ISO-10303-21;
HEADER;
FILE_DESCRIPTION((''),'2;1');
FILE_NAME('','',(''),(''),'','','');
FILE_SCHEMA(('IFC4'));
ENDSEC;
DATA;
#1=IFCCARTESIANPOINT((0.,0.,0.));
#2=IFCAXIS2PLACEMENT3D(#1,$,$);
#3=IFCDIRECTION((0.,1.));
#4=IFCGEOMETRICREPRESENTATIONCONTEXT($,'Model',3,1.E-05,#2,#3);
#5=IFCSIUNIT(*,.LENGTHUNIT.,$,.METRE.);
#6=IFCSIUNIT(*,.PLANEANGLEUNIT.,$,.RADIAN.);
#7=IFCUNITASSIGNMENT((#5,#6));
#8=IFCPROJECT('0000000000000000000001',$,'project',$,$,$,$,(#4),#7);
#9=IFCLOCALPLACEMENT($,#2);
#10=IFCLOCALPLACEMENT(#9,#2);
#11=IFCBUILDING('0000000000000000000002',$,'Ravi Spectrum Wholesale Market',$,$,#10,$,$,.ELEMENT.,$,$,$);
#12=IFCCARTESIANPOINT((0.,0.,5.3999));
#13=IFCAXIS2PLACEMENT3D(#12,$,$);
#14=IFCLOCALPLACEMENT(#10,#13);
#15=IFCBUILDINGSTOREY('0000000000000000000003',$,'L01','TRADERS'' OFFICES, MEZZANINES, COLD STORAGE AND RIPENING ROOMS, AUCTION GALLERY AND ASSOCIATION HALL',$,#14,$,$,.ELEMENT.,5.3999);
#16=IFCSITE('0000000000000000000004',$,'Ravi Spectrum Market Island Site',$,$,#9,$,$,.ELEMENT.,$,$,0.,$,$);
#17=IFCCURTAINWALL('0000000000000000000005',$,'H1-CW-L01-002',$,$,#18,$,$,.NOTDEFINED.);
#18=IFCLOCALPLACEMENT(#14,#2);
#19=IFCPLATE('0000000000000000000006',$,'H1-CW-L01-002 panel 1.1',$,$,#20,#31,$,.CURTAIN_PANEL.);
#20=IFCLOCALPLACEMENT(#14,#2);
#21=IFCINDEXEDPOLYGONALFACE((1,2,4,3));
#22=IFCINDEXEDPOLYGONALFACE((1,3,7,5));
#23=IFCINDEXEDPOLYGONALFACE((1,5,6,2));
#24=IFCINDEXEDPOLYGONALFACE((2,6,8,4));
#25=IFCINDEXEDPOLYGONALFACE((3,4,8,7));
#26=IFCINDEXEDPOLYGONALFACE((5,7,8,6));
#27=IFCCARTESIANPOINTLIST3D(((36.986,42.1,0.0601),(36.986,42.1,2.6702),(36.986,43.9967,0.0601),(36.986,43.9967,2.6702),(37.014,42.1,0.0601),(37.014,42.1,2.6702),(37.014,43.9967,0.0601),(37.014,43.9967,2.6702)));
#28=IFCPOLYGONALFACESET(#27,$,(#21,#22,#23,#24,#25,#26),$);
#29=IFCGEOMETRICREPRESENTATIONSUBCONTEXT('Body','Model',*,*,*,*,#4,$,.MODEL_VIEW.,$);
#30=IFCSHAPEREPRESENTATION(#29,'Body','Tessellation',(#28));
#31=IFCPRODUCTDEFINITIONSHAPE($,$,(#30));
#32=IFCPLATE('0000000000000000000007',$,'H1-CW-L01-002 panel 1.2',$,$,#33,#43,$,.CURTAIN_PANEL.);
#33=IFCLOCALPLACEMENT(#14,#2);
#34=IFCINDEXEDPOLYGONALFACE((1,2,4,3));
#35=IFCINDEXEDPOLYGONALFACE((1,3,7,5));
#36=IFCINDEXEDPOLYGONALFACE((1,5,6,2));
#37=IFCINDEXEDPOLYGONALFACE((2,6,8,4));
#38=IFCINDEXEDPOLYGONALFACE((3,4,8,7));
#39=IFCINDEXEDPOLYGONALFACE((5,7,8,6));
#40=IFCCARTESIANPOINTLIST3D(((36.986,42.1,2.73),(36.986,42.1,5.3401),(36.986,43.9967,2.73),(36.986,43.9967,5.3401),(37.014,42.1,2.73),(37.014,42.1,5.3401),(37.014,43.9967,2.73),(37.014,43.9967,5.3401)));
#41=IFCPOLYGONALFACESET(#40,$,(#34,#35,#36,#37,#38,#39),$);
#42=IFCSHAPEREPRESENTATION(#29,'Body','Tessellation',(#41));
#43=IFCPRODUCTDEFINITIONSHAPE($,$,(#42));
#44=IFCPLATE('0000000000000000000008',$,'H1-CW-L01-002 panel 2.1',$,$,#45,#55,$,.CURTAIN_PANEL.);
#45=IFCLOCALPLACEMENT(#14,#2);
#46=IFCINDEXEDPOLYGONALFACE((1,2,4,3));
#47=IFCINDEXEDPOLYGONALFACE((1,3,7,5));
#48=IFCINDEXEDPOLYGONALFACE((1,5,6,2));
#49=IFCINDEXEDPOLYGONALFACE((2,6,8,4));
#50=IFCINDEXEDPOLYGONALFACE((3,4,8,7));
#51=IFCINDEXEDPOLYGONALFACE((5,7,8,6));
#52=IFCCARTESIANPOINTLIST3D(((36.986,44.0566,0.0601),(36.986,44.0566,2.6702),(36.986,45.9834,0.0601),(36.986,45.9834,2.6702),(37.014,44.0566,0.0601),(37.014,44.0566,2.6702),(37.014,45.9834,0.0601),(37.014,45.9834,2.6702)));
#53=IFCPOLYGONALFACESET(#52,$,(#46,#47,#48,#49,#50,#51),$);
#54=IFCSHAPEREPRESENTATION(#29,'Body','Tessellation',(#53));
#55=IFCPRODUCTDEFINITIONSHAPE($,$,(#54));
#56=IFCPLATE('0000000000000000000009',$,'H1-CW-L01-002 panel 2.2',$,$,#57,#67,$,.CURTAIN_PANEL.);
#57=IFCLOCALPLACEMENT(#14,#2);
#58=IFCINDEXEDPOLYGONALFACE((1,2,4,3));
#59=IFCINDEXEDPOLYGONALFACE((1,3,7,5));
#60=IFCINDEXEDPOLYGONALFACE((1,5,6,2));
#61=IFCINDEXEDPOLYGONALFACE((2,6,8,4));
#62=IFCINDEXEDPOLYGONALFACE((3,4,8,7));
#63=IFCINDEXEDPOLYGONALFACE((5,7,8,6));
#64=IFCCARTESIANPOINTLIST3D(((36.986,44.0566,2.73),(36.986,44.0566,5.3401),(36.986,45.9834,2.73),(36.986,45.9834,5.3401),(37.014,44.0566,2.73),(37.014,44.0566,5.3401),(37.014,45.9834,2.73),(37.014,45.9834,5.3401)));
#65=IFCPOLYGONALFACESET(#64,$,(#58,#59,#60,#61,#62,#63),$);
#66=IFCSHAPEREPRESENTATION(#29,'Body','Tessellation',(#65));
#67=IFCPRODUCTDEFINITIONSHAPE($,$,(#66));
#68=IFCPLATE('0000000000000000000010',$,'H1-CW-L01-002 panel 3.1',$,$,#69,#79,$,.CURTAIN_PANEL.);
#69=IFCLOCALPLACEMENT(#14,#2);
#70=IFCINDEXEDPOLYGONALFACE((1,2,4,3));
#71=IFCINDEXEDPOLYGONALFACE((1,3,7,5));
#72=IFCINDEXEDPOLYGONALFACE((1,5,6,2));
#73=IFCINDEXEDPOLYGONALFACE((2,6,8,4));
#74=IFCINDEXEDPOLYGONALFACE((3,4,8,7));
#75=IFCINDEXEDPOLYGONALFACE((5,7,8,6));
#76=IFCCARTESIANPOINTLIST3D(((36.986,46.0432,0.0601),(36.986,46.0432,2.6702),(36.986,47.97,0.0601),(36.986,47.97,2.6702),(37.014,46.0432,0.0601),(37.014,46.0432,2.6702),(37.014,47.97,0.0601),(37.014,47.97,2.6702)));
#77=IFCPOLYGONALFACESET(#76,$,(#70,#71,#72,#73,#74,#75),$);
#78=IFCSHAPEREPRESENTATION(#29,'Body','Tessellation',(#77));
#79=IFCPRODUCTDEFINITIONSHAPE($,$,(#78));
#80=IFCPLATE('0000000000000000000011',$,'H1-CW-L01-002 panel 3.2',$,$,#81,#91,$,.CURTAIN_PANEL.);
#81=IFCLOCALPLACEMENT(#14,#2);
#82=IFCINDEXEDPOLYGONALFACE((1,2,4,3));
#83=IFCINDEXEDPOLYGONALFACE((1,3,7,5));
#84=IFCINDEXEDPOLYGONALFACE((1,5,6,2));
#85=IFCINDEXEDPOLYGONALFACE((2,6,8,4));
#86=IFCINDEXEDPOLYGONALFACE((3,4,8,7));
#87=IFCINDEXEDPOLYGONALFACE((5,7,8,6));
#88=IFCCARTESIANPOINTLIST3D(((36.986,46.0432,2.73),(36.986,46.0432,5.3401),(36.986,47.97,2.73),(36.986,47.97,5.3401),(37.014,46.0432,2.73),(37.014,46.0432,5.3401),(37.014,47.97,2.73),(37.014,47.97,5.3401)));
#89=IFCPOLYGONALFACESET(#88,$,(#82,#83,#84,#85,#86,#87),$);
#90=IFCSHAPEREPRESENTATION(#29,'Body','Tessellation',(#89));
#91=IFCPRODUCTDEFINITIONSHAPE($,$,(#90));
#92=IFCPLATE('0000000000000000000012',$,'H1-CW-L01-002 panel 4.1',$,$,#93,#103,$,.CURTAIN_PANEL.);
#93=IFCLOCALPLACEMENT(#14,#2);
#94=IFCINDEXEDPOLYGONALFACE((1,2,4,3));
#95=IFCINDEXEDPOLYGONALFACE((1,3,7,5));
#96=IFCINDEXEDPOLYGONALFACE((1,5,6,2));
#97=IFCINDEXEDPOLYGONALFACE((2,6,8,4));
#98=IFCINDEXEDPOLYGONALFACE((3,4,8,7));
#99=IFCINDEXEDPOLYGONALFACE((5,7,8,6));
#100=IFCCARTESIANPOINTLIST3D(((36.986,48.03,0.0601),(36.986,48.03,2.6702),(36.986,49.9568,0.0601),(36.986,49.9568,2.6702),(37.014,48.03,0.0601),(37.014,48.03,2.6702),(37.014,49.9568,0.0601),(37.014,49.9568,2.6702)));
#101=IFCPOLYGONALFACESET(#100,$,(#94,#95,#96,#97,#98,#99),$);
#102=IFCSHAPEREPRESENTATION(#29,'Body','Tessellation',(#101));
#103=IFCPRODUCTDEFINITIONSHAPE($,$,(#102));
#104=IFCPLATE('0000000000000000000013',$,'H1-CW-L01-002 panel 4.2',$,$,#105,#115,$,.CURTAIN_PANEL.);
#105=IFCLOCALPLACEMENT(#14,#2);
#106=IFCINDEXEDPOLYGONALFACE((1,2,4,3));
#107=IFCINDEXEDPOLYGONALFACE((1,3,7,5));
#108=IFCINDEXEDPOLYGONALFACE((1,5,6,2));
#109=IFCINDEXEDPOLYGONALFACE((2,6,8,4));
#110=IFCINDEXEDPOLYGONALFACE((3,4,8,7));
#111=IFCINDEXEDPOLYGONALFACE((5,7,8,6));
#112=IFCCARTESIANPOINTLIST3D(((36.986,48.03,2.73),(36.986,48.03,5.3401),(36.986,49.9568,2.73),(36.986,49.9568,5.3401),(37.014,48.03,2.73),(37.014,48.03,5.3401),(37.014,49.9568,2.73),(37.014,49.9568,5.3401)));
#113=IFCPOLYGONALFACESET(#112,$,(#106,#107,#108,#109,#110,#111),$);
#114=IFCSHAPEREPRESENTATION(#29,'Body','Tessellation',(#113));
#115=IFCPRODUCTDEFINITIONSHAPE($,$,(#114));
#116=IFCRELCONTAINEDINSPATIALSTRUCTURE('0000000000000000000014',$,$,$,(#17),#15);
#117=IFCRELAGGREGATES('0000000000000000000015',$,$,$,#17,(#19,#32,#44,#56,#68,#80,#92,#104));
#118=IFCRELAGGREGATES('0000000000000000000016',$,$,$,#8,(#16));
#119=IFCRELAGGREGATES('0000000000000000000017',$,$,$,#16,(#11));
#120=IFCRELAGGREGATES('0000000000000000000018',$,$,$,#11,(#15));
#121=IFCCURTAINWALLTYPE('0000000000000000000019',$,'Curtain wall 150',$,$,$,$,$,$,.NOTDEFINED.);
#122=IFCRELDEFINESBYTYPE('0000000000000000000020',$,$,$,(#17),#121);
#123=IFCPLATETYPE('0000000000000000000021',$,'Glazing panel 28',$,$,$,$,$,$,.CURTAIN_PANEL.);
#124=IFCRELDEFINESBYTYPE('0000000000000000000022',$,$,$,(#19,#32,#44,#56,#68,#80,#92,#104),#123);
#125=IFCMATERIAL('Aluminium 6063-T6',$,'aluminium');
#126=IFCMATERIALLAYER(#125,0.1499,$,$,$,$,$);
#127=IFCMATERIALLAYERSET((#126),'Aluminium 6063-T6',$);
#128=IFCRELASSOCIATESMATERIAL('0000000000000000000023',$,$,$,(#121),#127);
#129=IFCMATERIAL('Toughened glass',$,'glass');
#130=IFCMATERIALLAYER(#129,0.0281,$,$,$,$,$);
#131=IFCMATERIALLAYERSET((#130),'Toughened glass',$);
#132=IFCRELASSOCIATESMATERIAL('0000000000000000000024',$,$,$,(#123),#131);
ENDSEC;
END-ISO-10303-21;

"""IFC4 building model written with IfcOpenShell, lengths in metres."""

from ifc_helpers import new_model, si_unit, direction, frame, origin, origin_2d, place, context, subcontext, project, spatial, rectangle, extrude, material, layer, layer_set, type_object, element, aggregate, save


model = new_model("IFC4")

# Units and contexts
model_context = context("Model", 3, precision=1e-05, world=origin(), true_north=direction((0.0, 1.0)))
body_context = subcontext(model_context, "Body", "Model", "MODEL_VIEW")
ifc_project = project(units=[si_unit("LENGTHUNIT", "METRE"), si_unit("PLANEANGLEUNIT", "RADIAN")], contexts=[model_context])

# Site, building, storey
site_placement = place(None, origin())
site = spatial("IfcSite", under=ifc_project, at=site_placement, Name="Ravi Spectrum Market Island Site", CompositionType="ELEMENT", RefElevation=0.0)
building_placement = place(site_placement, origin())
building = spatial("IfcBuilding", under=site, at=building_placement, Name="Ravi Spectrum Wholesale Market", CompositionType="ELEMENT")
storey_placement = place(building_placement, frame((0.0, 0.0, 5.3999)))
storey = spatial("IfcBuildingStorey", under=building, at=storey_placement, Name="L01", Description="TRADERS' OFFICES, MEZZANINES, COLD STORAGE AND RIPENING ROOMS, AUCTION GALLERY AND ASSOCIATION HALL", CompositionType="ELEMENT", Elevation=5.3999)

# Curtain wall, plates
ifc_material_1 = material(Name="Aluminium 6063-T6", Category="aluminium")
ifc_layer_1 = layer(ifc_material_1, 0.1499)
ifc_layer_set_1 = layer_set([ifc_layer_1], Name="Aluminium 6063-T6")
curtain_wall_type = type_object("IfcCurtainWallType", Name="Curtain wall 150", PredefinedType="NOTDEFINED", material=ifc_layer_set_1)
curtain_wall_placement = place(storey_placement, origin())
curtain_wall = element("IfcCurtainWall", 1, at=curtain_wall_placement, inside=storey, type_object=curtain_wall_type, Name="H1-CW-L01-002", PredefinedType="NOTDEFINED")
ifc_material_2 = material(Name="Toughened glass", Category="glass")
ifc_layer_2 = layer(ifc_material_2, 0.0281)
ifc_layer_set_2 = layer_set([ifc_layer_2], Name="Toughened glass")
plate_type = type_object("IfcPlateType", Name="Glazing panel 28", PredefinedType="CURTAIN_PANEL", material=ifc_layer_set_2)
plate_1_placement = place(storey_placement, frame((37.0, 43.0483, 0.0601), z_axis=(0.0, 0.0, 1.0), x_axis=(0.0, 1.0, 0.0)))
plate_1 = element("IfcPlate", 2, at=plate_1_placement, type_object=plate_type, Name="H1-CW-L01-002 panel 1.1", PredefinedType="CURTAIN_PANEL", context=body_context, shape_type="SweptSolid", body=[
    extrude(rectangle(XDim=1.8967, YDim=0.0281, at=origin_2d()), origin(), (0.0, 0.0, 1.0), 2.6101),
])
plate_2_placement = place(storey_placement, frame((37.0, 43.0483, 2.73), z_axis=(0.0, 0.0, 1.0), x_axis=(0.0, 1.0, 0.0)))
plate_2 = element("IfcPlate", 3, at=plate_2_placement, type_object=plate_type, Name="H1-CW-L01-002 panel 1.2", PredefinedType="CURTAIN_PANEL", context=body_context, shape_type="SweptSolid", body=[
    extrude(rectangle(XDim=1.8967, YDim=0.0281, at=origin_2d()), origin(), (0.0, 0.0, 1.0), 2.6101),
])
plate_3_placement = place(storey_placement, frame((37.0, 45.02, 0.0601), z_axis=(0.0, 0.0, 1.0), x_axis=(0.0, 1.0, 0.0)))
plate_3 = element("IfcPlate", 4, at=plate_3_placement, type_object=plate_type, Name="H1-CW-L01-002 panel 2.1", PredefinedType="CURTAIN_PANEL", context=body_context, shape_type="SweptSolid", body=[
    extrude(rectangle(XDim=1.9268, YDim=0.0281, at=origin_2d()), origin(), (0.0, 0.0, 1.0), 2.6101),
])
plate_4_placement = place(storey_placement, frame((37.0, 45.02, 2.73), z_axis=(0.0, 0.0, 1.0), x_axis=(0.0, 1.0, 0.0)))
plate_4 = element("IfcPlate", 5, at=plate_4_placement, type_object=plate_type, Name="H1-CW-L01-002 panel 2.2", PredefinedType="CURTAIN_PANEL", context=body_context, shape_type="SweptSolid", body=[
    extrude(rectangle(XDim=1.9268, YDim=0.0281, at=origin_2d()), origin(), (0.0, 0.0, 1.0), 2.6101),
])
plate_5_placement = place(storey_placement, frame((37.0, 47.0066, 0.0601), z_axis=(0.0, 0.0, 1.0), x_axis=(0.0, 1.0, 0.0)))
plate_5 = element("IfcPlate", 6, at=plate_5_placement, type_object=plate_type, Name="H1-CW-L01-002 panel 3.1", PredefinedType="CURTAIN_PANEL", context=body_context, shape_type="SweptSolid", body=[
    extrude(rectangle(XDim=1.9268, YDim=0.0281, at=origin_2d()), origin(), (0.0, 0.0, 1.0), 2.6101),
])
plate_6_placement = place(storey_placement, frame((37.0, 47.0066, 2.73), z_axis=(0.0, 0.0, 1.0), x_axis=(0.0, 1.0, 0.0)))
plate_6 = element("IfcPlate", 7, at=plate_6_placement, type_object=plate_type, Name="H1-CW-L01-002 panel 3.2", PredefinedType="CURTAIN_PANEL", context=body_context, shape_type="SweptSolid", body=[
    extrude(rectangle(XDim=1.9268, YDim=0.0281, at=origin_2d()), origin(), (0.0, 0.0, 1.0), 2.6101),
])
plate_7_placement = place(storey_placement, frame((37.0, 48.9934, 0.0601), z_axis=(0.0, 0.0, 1.0), x_axis=(0.0, 1.0, 0.0)))
plate_7 = element("IfcPlate", 8, at=plate_7_placement, type_object=plate_type, Name="H1-CW-L01-002 panel 4.1", PredefinedType="CURTAIN_PANEL", context=body_context, shape_type="SweptSolid", body=[
    extrude(rectangle(XDim=1.9268, YDim=0.0281, at=origin_2d()), origin(), (0.0, 0.0, 1.0), 2.6101),
])
plate_8_placement = place(storey_placement, frame((37.0, 48.9934, 2.73), z_axis=(0.0, 0.0, 1.0), x_axis=(0.0, 1.0, 0.0)))
plate_8 = element("IfcPlate", 9, at=plate_8_placement, type_object=plate_type, Name="H1-CW-L01-002 panel 4.2", PredefinedType="CURTAIN_PANEL", context=body_context, shape_type="SweptSolid", body=[
    extrude(rectangle(XDim=1.9268, YDim=0.0281, at=origin_2d()), origin(), (0.0, 0.0, 1.0), 2.6101),
])
aggregate(curtain_wall, [plate_1, plate_2, plate_3, plate_4, plate_5, plate_6, plate_7, plate_8])

save(model, "model.ifc")
